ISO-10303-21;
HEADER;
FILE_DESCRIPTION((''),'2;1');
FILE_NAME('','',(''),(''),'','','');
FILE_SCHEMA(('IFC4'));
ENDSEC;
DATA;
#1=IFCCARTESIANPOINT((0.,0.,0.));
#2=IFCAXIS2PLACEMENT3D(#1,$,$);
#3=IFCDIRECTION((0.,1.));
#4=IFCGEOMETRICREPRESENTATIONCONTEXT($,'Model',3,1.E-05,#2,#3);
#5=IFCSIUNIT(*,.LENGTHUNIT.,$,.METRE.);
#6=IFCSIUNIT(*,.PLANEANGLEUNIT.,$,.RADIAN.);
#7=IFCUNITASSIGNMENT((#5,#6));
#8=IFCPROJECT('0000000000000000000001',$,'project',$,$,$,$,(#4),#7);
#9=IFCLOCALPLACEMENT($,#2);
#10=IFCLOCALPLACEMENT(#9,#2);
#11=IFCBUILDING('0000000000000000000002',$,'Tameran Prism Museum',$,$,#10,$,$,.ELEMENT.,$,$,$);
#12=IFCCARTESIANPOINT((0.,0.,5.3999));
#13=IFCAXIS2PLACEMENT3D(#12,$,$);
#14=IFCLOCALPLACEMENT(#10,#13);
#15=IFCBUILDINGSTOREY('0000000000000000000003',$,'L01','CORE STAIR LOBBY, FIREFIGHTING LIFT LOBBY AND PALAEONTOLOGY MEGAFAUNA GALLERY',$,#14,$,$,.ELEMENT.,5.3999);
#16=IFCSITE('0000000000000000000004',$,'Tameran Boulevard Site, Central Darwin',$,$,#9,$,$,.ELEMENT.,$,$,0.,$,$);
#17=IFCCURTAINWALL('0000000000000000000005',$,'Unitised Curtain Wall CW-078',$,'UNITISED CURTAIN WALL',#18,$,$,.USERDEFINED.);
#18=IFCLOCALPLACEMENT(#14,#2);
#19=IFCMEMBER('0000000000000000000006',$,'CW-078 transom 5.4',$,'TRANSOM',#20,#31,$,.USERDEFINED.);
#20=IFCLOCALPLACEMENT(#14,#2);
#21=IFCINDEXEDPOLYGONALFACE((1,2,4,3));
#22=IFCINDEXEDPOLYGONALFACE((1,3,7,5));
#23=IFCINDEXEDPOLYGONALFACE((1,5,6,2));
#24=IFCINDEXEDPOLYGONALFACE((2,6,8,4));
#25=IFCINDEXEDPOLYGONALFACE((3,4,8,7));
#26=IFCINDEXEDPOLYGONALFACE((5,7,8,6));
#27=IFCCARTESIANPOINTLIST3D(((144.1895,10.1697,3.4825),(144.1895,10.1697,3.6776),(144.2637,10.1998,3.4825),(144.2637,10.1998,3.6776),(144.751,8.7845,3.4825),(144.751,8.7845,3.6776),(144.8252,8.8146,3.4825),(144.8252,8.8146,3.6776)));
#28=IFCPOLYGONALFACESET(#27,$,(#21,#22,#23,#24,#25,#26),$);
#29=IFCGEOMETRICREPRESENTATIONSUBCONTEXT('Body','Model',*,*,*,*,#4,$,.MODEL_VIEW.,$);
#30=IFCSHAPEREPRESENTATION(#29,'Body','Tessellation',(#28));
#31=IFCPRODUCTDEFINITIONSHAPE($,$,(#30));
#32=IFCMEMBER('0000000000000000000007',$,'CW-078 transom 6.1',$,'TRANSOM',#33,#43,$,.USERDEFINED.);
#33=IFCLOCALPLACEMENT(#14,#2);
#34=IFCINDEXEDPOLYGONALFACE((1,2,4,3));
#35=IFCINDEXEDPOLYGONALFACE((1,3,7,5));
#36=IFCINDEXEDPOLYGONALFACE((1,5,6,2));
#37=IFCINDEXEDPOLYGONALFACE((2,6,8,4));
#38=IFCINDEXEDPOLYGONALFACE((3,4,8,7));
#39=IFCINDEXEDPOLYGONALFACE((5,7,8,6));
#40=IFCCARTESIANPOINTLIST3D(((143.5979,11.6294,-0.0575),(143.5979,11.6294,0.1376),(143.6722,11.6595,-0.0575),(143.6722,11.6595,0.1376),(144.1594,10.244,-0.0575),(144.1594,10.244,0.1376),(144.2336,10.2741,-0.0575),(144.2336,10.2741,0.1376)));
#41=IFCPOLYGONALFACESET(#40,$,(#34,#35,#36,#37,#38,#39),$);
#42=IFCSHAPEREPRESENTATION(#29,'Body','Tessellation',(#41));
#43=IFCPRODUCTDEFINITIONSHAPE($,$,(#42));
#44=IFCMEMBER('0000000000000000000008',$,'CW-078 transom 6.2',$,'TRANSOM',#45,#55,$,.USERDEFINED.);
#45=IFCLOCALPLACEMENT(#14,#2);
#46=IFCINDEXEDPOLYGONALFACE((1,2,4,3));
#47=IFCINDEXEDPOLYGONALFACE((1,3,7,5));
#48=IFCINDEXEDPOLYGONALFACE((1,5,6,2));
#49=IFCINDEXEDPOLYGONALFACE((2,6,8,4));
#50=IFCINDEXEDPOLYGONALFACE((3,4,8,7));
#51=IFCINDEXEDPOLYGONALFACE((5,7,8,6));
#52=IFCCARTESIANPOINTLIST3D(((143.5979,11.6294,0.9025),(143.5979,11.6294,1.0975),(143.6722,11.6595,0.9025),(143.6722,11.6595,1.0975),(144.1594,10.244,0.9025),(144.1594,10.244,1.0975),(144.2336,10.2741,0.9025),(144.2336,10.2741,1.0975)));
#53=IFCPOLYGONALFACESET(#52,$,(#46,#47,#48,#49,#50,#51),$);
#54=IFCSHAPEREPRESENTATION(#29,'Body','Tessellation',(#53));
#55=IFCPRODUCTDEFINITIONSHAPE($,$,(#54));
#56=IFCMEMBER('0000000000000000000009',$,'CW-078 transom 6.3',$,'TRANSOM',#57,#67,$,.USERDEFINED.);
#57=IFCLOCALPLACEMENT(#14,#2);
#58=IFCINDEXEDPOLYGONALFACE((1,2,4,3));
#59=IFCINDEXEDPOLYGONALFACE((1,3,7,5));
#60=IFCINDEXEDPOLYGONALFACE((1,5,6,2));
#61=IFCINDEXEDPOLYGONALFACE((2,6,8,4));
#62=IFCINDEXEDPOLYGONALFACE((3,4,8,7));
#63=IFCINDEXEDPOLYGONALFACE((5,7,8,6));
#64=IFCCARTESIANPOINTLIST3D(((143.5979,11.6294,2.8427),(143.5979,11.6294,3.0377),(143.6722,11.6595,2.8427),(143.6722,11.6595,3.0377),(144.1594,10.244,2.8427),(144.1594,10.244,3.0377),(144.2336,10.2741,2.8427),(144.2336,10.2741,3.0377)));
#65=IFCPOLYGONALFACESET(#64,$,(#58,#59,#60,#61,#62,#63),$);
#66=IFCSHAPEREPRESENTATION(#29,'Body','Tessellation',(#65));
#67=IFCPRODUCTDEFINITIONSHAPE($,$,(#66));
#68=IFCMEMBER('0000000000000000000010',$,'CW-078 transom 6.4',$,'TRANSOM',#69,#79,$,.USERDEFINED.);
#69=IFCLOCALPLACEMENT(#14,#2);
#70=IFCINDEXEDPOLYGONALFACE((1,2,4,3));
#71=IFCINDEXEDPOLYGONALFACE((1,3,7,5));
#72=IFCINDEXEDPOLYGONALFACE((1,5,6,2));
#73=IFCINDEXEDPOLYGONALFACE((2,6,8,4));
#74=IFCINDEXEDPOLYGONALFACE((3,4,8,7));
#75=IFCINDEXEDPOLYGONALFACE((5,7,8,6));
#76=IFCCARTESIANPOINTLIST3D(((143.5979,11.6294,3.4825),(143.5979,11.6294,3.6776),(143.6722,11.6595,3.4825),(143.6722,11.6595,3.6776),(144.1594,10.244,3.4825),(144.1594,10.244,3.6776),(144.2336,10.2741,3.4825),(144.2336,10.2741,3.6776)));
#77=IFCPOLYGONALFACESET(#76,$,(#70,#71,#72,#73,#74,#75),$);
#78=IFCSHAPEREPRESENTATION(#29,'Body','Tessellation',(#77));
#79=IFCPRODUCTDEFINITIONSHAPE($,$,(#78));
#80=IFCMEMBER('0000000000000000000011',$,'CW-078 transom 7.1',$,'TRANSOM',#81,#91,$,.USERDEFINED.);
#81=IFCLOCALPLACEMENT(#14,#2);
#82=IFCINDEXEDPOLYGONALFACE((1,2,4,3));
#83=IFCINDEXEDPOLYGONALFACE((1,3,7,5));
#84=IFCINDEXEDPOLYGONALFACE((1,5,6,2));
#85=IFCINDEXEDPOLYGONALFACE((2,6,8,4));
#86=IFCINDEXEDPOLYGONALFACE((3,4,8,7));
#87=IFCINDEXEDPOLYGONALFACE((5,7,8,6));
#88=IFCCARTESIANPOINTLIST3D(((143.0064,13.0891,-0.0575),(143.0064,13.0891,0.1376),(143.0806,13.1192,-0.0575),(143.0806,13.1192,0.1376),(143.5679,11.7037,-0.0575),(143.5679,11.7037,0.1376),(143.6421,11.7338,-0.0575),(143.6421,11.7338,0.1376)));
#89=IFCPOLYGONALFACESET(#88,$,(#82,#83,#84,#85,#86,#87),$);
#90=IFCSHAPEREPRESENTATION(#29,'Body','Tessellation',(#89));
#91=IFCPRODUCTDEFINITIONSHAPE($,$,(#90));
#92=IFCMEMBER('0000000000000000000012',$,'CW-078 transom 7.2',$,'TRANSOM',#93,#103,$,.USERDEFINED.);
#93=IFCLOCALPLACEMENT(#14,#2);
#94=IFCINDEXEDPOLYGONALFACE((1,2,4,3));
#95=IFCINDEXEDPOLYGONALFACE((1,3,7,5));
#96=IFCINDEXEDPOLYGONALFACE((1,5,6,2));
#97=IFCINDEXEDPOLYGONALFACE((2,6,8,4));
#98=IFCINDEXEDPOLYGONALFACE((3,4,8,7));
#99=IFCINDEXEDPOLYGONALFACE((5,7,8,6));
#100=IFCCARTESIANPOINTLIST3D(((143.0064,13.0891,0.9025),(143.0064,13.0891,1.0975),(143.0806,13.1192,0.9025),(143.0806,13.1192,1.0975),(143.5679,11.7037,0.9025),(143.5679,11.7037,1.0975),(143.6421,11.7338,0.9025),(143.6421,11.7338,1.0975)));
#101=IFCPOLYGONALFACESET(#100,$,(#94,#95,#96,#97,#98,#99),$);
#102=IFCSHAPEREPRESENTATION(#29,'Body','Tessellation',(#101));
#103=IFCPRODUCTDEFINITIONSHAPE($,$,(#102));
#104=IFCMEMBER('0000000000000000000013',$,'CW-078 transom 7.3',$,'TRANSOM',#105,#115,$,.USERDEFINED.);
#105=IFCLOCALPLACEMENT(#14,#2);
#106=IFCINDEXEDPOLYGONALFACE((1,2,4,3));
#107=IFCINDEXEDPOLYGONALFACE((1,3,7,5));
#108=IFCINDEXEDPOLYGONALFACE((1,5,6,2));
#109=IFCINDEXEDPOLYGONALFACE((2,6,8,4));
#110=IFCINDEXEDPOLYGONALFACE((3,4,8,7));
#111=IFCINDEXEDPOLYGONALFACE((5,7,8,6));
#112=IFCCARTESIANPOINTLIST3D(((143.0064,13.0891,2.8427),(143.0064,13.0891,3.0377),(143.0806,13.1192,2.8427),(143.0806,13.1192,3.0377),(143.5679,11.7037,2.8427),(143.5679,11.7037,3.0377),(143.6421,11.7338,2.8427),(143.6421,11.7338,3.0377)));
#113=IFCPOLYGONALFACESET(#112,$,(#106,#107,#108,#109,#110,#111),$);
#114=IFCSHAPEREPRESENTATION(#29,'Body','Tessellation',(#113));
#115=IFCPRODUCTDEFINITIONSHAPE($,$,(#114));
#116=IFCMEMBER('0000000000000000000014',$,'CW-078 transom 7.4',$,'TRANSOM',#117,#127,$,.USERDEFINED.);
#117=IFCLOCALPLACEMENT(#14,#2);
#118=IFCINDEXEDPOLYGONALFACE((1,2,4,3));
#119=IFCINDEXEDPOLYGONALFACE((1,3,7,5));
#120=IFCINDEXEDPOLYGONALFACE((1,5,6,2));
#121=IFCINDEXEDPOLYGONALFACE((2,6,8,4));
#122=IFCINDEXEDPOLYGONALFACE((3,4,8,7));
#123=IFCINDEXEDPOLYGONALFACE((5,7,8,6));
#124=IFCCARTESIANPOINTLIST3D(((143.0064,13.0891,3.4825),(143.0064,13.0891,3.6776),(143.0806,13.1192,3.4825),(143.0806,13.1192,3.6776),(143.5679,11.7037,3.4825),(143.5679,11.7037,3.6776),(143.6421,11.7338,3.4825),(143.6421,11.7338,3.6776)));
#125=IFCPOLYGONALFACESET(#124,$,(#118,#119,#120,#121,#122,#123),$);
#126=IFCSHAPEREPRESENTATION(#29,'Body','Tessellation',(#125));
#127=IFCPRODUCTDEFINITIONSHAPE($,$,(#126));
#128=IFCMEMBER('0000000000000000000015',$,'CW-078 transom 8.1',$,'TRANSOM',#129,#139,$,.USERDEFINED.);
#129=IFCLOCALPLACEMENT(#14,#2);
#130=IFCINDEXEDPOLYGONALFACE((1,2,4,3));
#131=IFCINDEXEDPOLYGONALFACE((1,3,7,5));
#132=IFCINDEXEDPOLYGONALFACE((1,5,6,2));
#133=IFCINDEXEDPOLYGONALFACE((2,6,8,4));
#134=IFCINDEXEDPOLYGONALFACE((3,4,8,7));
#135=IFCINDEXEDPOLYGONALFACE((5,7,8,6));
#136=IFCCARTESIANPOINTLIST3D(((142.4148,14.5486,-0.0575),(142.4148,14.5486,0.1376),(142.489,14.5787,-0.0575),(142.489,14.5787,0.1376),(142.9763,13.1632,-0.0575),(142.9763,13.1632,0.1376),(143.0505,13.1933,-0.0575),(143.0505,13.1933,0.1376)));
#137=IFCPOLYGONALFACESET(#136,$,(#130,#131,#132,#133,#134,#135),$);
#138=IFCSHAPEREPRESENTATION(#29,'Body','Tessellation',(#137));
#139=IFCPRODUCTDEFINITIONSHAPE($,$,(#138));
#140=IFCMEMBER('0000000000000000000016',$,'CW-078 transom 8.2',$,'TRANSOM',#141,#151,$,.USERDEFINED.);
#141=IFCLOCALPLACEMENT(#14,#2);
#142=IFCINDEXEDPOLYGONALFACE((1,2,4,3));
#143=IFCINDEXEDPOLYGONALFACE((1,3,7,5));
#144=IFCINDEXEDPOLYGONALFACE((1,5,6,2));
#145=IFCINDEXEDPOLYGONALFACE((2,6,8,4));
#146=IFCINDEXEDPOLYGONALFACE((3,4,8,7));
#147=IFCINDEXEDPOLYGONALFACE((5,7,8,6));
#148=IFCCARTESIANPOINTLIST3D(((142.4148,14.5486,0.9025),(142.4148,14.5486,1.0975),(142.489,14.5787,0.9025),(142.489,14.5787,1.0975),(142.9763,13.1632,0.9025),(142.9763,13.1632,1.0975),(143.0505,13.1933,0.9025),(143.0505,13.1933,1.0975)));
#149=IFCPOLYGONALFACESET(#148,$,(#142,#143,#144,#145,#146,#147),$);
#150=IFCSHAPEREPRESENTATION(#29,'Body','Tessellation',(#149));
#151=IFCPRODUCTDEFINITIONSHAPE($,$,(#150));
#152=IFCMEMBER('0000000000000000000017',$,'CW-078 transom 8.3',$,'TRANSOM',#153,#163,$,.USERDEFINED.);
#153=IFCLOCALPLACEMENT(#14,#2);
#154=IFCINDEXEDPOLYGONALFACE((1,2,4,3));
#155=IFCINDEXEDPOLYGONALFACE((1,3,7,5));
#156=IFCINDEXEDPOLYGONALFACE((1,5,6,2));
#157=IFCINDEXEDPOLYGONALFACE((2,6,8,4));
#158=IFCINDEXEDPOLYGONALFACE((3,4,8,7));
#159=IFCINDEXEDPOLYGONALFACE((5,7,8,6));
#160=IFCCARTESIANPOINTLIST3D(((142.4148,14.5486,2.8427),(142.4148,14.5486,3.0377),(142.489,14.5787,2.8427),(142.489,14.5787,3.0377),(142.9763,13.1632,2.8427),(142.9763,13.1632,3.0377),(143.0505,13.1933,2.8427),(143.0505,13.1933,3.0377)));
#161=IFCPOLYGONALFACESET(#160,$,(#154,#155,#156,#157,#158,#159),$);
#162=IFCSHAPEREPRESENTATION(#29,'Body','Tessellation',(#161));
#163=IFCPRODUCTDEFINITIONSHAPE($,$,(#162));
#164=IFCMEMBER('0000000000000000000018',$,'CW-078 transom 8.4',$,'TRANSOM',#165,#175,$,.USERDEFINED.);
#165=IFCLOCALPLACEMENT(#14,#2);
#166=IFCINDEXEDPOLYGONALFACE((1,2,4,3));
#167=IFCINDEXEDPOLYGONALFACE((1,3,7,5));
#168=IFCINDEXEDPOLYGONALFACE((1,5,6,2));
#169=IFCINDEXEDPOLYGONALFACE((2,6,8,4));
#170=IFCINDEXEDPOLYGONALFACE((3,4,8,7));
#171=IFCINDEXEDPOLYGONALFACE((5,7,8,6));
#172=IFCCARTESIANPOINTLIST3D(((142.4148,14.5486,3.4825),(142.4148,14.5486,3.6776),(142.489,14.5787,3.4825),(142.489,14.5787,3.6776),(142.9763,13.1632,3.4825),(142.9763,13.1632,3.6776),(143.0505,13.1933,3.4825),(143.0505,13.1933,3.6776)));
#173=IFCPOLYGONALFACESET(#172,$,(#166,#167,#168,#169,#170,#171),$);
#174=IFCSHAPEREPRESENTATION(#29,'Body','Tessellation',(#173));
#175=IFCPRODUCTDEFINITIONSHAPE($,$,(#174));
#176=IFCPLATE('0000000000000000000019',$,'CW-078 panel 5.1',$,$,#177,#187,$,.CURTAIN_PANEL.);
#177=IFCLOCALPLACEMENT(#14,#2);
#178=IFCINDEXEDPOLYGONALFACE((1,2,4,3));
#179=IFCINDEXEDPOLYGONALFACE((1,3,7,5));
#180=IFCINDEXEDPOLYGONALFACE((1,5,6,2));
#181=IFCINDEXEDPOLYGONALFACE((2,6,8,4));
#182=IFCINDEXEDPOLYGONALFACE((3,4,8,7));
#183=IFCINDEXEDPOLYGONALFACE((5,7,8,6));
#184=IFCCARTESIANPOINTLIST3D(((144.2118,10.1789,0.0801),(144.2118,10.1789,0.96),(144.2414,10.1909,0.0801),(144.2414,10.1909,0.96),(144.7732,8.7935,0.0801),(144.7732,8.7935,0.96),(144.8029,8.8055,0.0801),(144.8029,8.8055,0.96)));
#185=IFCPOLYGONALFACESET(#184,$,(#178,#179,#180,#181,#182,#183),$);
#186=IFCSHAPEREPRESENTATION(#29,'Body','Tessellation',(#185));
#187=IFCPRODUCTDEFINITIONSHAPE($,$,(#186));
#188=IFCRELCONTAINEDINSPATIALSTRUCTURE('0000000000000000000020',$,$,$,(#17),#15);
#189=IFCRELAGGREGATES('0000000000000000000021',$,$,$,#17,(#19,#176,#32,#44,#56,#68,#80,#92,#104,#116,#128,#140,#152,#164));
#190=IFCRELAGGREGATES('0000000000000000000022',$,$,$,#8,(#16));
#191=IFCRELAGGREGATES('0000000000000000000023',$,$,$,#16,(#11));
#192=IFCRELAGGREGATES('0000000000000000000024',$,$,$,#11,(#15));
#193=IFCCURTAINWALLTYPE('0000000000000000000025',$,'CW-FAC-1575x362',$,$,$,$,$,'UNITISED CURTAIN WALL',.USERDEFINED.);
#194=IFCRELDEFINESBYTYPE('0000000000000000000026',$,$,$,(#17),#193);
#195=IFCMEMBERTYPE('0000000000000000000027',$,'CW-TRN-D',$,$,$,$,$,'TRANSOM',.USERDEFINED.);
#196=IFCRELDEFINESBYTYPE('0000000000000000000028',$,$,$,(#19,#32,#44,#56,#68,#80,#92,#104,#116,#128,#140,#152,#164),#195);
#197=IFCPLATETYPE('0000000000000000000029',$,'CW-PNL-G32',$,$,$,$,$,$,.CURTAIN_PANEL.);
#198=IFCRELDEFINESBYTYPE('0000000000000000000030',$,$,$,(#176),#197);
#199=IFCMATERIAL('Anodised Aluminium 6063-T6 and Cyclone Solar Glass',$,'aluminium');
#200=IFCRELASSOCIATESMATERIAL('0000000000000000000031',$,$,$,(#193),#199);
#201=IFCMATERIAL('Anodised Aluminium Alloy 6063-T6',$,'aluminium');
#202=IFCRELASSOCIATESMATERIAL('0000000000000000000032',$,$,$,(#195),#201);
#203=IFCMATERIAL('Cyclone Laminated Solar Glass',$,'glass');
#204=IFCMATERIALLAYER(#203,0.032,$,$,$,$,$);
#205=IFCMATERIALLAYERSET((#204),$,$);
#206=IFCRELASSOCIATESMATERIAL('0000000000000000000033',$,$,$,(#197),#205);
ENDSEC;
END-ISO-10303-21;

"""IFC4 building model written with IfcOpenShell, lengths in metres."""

from ifc_helpers import new_model, si_unit, direction, frame, origin, origin_2d, place, context, subcontext, project, spatial, rectangle, extrude, material, layer, layer_set, material_profile, profile_set, type_object, element, aggregate, save


model = new_model("IFC4")

# Units and contexts
model_context = context("Model", 3, precision=1e-05, world=origin(), true_north=direction((0.0, 1.0)))
body_context = subcontext(model_context, "Body", "Model", "MODEL_VIEW")
ifc_project = project(units=[si_unit("LENGTHUNIT", "METRE"), si_unit("PLANEANGLEUNIT", "RADIAN")], contexts=[model_context])

# Site, building, storey
site_placement = place(None, origin())
site = spatial("IfcSite", under=ifc_project, at=site_placement, Name="Tameran Boulevard Site, Central Darwin", CompositionType="ELEMENT", RefElevation=0.0)
building_placement = place(site_placement, origin())
building = spatial("IfcBuilding", under=site, at=building_placement, Name="Tameran Prism Museum", CompositionType="ELEMENT")
storey_placement = place(building_placement, frame((0.0, 0.0, 5.3999)))
storey = spatial("IfcBuildingStorey", under=building, at=storey_placement, Name="L01", Description="CORE STAIR LOBBY, FIREFIGHTING LIFT LOBBY AND PALAEONTOLOGY MEGAFAUNA GALLERY", CompositionType="ELEMENT", Elevation=5.3999)

# Curtain wall, members, plate
ifc_material_1 = material(Name="Anodised Aluminium 6063-T6 and Cyclone Solar Glass", Category="aluminium")
curtain_wall_type = type_object("IfcCurtainWallType", Name="CW-FAC-1575x362", ElementType="UNITISED CURTAIN WALL", PredefinedType="USERDEFINED", material=ifc_material_1)
curtain_wall_placement = place(storey_placement, origin())
curtain_wall = element("IfcCurtainWall", 1, at=curtain_wall_placement, inside=storey, type_object=curtain_wall_type, Name="Unitised Curtain Wall CW-078", ObjectType="UNITISED CURTAIN WALL", PredefinedType="USERDEFINED")
ifc_material_2 = material(Name="Anodised Aluminium Alloy 6063-T6", Category="aluminium")
ifc_material_profile_1 = material_profile(ifc_material_2, rectangle(XDim=0.0801, YDim=0.1951, at=origin_2d()))
ifc_profile_set_1 = profile_set([ifc_material_profile_1])
member_type_1 = type_object("IfcMemberType", Name="CW-TRN-D", ElementType="TRANSOM", PredefinedType="USERDEFINED", material=ifc_profile_set_1)
member_1_placement = place(storey_placement, frame((144.7881, 8.7996, 3.5801), z_axis=(-0.375667, 0.926755, 0.0), x_axis=(-0.926755, -0.375667, 0.0)))
member_1 = element("IfcMember", 2, at=member_1_placement, type_object=member_type_1, Name="CW-078 transom 5.4", ObjectType="TRANSOM", PredefinedType="USERDEFINED", context=body_context, shape_type="SweptSolid", body=[
    extrude(rectangle(XDim=0.0801, YDim=0.1951, at=origin_2d()), origin(), (0.0, 0.0, 1.0), 1.4946),
])
member_2_placement = place(storey_placement, frame((144.1965, 10.259, 0.04), z_axis=(-0.37561, 0.926778, 0.0), x_axis=(-0.926778, -0.37561, 0.0)))
member_2 = element("IfcMember", 3, at=member_2_placement, type_object=member_type_1, Name="CW-078 transom 6.1", ObjectType="TRANSOM", PredefinedType="USERDEFINED", context=body_context, shape_type="SweptSolid", body=[
    extrude(rectangle(XDim=0.0801, YDim=0.1951, at=origin_2d()), origin(), (0.0, 0.0, 1.0), 1.4949),
])
member_3_placement = place(storey_placement, frame((144.1965, 10.259, 1.0), z_axis=(-0.37561, 0.926778, 0.0), x_axis=(-0.926778, -0.37561, 0.0)))
member_3 = element("IfcMember", 4, at=member_3_placement, type_object=member_type_1, Name="CW-078 transom 6.2", ObjectType="TRANSOM", PredefinedType="USERDEFINED", context=body_context, shape_type="SweptSolid", body=[
    extrude(rectangle(XDim=0.0801, YDim=0.1951, at=origin_2d()), origin(), (0.0, 0.0, 1.0), 1.4949),
])
member_4_placement = place(storey_placement, frame((144.1965, 10.259, 2.9402), z_axis=(-0.37561, 0.926778, 0.0), x_axis=(-0.926778, -0.37561, 0.0)))
member_4 = element("IfcMember", 5, at=member_4_placement, type_object=member_type_1, Name="CW-078 transom 6.3", ObjectType="TRANSOM", PredefinedType="USERDEFINED", context=body_context, shape_type="SweptSolid", body=[
    extrude(rectangle(XDim=0.0801, YDim=0.1951, at=origin_2d()), origin(), (0.0, 0.0, 1.0), 1.4949),
])
member_5_placement = place(storey_placement, frame((144.1965, 10.259, 3.5801), z_axis=(-0.37561, 0.926778, 0.0), x_axis=(-0.926778, -0.37561, 0.0)))
member_5 = element("IfcMember", 6, at=member_5_placement, type_object=member_type_1, Name="CW-078 transom 6.4", ObjectType="TRANSOM", PredefinedType="USERDEFINED", context=body_context, shape_type="SweptSolid", body=[
    extrude(rectangle(XDim=0.0801, YDim=0.1951, at=origin_2d()), origin(), (0.0, 0.0, 1.0), 1.4949),
])
member_6_placement = place(storey_placement, frame((143.605, 11.7188, 0.04), z_axis=(-0.37561, 0.926778, 0.0), x_axis=(-0.926778, -0.37561, 0.0)))
member_6 = element("IfcMember", 7, at=member_6_placement, type_object=member_type_1, Name="CW-078 transom 7.1", ObjectType="TRANSOM", PredefinedType="USERDEFINED", context=body_context, shape_type="SweptSolid", body=[
    extrude(rectangle(XDim=0.0801, YDim=0.1951, at=origin_2d()), origin(), (0.0, 0.0, 1.0), 1.4949),
])
member_7_placement = place(storey_placement, frame((143.605, 11.7188, 1.0), z_axis=(-0.37561, 0.926778, 0.0), x_axis=(-0.926778, -0.37561, 0.0)))
member_7 = element("IfcMember", 8, at=member_7_placement, type_object=member_type_1, Name="CW-078 transom 7.2", ObjectType="TRANSOM", PredefinedType="USERDEFINED", context=body_context, shape_type="SweptSolid", body=[
    extrude(rectangle(XDim=0.0801, YDim=0.1951, at=origin_2d()), origin(), (0.0, 0.0, 1.0), 1.4949),
])
member_8_placement = place(storey_placement, frame((143.605, 11.7188, 2.9402), z_axis=(-0.37561, 0.926778, 0.0), x_axis=(-0.926778, -0.37561, 0.0)))
member_8 = element("IfcMember", 9, at=member_8_placement, type_object=member_type_1, Name="CW-078 transom 7.3", ObjectType="TRANSOM", PredefinedType="USERDEFINED", context=body_context, shape_type="SweptSolid", body=[
    extrude(rectangle(XDim=0.0801, YDim=0.1951, at=origin_2d()), origin(), (0.0, 0.0, 1.0), 1.4949),
])
member_9_placement = place(storey_placement, frame((143.605, 11.7188, 3.5801), z_axis=(-0.37561, 0.926778, 0.0), x_axis=(-0.926778, -0.37561, 0.0)))
member_9 = element("IfcMember", 10, at=member_9_placement, type_object=member_type_1, Name="CW-078 transom 7.4", ObjectType="TRANSOM", PredefinedType="USERDEFINED", context=body_context, shape_type="SweptSolid", body=[
    extrude(rectangle(XDim=0.0801, YDim=0.1951, at=origin_2d()), origin(), (0.0, 0.0, 1.0), 1.4949),
])
member_10_placement = place(storey_placement, frame((143.0134, 13.1782, 0.04), z_axis=(-0.37561, 0.926778, 0.0), x_axis=(-0.926778, -0.37561, 0.0)))
member_10 = element("IfcMember", 11, at=member_10_placement, type_object=member_type_1, Name="CW-078 transom 8.1", ObjectType="TRANSOM", PredefinedType="USERDEFINED", context=body_context, shape_type="SweptSolid", body=[
    extrude(rectangle(XDim=0.0801, YDim=0.1951, at=origin_2d()), origin(), (0.0, 0.0, 1.0), 1.4949),
])
member_11_placement = place(storey_placement, frame((143.0134, 13.1782, 1.0), z_axis=(-0.37561, 0.926778, 0.0), x_axis=(-0.926778, -0.37561, 0.0)))
member_11 = element("IfcMember", 12, at=member_11_placement, type_object=member_type_1, Name="CW-078 transom 8.2", ObjectType="TRANSOM", PredefinedType="USERDEFINED", context=body_context, shape_type="SweptSolid", body=[
    extrude(rectangle(XDim=0.0801, YDim=0.1951, at=origin_2d()), origin(), (0.0, 0.0, 1.0), 1.4949),
])
member_12_placement = place(storey_placement, frame((143.0134, 13.1782, 2.9402), z_axis=(-0.37561, 0.926778, 0.0), x_axis=(-0.926778, -0.37561, 0.0)))
member_12 = element("IfcMember", 13, at=member_12_placement, type_object=member_type_1, Name="CW-078 transom 8.3", ObjectType="TRANSOM", PredefinedType="USERDEFINED", context=body_context, shape_type="SweptSolid", body=[
    extrude(rectangle(XDim=0.0801, YDim=0.1951, at=origin_2d()), origin(), (0.0, 0.0, 1.0), 1.4949),
])
member_13_placement = place(storey_placement, frame((143.0134, 13.1782, 3.5801), z_axis=(-0.37561, 0.926778, 0.0), x_axis=(-0.926778, -0.37561, 0.0)))
member_13 = element("IfcMember", 14, at=member_13_placement, type_object=member_type_1, Name="CW-078 transom 8.4", ObjectType="TRANSOM", PredefinedType="USERDEFINED", context=body_context, shape_type="SweptSolid", body=[
    extrude(rectangle(XDim=0.0801, YDim=0.1951, at=origin_2d()), origin(), (0.0, 0.0, 1.0), 1.4949),
])
ifc_material_3 = material(Name="Cyclone Laminated Solar Glass", Category="glass")
ifc_layer = layer(ifc_material_3, 0.032)
ifc_layer_set = layer_set([ifc_layer])
plate_type = type_object("IfcPlateType", Name="CW-PNL-G32", PredefinedType="CURTAIN_PANEL", material=ifc_layer_set)
plate_1_placement = place(storey_placement, frame((144.5073, 9.4922, 0.0801), z_axis=(0.0, 0.0, 1.0), x_axis=(-0.37558, 0.92679, 0.0)))
plate_1 = element("IfcPlate", 15, at=plate_1_placement, type_object=plate_type, Name="CW-078 panel 5.1", PredefinedType="CURTAIN_PANEL", context=body_context, shape_type="SweptSolid", body=[
    extrude(rectangle(XDim=1.4949, YDim=0.032, at=origin_2d()), origin(), (0.0, 0.0, 1.0), 0.8799),
])
aggregate(curtain_wall, [member_1, plate_1, member_2, member_3, member_4, member_5, member_6, member_7, member_8, member_9, member_10, member_11, member_12, member_13])

save(model, "model.ifc")
